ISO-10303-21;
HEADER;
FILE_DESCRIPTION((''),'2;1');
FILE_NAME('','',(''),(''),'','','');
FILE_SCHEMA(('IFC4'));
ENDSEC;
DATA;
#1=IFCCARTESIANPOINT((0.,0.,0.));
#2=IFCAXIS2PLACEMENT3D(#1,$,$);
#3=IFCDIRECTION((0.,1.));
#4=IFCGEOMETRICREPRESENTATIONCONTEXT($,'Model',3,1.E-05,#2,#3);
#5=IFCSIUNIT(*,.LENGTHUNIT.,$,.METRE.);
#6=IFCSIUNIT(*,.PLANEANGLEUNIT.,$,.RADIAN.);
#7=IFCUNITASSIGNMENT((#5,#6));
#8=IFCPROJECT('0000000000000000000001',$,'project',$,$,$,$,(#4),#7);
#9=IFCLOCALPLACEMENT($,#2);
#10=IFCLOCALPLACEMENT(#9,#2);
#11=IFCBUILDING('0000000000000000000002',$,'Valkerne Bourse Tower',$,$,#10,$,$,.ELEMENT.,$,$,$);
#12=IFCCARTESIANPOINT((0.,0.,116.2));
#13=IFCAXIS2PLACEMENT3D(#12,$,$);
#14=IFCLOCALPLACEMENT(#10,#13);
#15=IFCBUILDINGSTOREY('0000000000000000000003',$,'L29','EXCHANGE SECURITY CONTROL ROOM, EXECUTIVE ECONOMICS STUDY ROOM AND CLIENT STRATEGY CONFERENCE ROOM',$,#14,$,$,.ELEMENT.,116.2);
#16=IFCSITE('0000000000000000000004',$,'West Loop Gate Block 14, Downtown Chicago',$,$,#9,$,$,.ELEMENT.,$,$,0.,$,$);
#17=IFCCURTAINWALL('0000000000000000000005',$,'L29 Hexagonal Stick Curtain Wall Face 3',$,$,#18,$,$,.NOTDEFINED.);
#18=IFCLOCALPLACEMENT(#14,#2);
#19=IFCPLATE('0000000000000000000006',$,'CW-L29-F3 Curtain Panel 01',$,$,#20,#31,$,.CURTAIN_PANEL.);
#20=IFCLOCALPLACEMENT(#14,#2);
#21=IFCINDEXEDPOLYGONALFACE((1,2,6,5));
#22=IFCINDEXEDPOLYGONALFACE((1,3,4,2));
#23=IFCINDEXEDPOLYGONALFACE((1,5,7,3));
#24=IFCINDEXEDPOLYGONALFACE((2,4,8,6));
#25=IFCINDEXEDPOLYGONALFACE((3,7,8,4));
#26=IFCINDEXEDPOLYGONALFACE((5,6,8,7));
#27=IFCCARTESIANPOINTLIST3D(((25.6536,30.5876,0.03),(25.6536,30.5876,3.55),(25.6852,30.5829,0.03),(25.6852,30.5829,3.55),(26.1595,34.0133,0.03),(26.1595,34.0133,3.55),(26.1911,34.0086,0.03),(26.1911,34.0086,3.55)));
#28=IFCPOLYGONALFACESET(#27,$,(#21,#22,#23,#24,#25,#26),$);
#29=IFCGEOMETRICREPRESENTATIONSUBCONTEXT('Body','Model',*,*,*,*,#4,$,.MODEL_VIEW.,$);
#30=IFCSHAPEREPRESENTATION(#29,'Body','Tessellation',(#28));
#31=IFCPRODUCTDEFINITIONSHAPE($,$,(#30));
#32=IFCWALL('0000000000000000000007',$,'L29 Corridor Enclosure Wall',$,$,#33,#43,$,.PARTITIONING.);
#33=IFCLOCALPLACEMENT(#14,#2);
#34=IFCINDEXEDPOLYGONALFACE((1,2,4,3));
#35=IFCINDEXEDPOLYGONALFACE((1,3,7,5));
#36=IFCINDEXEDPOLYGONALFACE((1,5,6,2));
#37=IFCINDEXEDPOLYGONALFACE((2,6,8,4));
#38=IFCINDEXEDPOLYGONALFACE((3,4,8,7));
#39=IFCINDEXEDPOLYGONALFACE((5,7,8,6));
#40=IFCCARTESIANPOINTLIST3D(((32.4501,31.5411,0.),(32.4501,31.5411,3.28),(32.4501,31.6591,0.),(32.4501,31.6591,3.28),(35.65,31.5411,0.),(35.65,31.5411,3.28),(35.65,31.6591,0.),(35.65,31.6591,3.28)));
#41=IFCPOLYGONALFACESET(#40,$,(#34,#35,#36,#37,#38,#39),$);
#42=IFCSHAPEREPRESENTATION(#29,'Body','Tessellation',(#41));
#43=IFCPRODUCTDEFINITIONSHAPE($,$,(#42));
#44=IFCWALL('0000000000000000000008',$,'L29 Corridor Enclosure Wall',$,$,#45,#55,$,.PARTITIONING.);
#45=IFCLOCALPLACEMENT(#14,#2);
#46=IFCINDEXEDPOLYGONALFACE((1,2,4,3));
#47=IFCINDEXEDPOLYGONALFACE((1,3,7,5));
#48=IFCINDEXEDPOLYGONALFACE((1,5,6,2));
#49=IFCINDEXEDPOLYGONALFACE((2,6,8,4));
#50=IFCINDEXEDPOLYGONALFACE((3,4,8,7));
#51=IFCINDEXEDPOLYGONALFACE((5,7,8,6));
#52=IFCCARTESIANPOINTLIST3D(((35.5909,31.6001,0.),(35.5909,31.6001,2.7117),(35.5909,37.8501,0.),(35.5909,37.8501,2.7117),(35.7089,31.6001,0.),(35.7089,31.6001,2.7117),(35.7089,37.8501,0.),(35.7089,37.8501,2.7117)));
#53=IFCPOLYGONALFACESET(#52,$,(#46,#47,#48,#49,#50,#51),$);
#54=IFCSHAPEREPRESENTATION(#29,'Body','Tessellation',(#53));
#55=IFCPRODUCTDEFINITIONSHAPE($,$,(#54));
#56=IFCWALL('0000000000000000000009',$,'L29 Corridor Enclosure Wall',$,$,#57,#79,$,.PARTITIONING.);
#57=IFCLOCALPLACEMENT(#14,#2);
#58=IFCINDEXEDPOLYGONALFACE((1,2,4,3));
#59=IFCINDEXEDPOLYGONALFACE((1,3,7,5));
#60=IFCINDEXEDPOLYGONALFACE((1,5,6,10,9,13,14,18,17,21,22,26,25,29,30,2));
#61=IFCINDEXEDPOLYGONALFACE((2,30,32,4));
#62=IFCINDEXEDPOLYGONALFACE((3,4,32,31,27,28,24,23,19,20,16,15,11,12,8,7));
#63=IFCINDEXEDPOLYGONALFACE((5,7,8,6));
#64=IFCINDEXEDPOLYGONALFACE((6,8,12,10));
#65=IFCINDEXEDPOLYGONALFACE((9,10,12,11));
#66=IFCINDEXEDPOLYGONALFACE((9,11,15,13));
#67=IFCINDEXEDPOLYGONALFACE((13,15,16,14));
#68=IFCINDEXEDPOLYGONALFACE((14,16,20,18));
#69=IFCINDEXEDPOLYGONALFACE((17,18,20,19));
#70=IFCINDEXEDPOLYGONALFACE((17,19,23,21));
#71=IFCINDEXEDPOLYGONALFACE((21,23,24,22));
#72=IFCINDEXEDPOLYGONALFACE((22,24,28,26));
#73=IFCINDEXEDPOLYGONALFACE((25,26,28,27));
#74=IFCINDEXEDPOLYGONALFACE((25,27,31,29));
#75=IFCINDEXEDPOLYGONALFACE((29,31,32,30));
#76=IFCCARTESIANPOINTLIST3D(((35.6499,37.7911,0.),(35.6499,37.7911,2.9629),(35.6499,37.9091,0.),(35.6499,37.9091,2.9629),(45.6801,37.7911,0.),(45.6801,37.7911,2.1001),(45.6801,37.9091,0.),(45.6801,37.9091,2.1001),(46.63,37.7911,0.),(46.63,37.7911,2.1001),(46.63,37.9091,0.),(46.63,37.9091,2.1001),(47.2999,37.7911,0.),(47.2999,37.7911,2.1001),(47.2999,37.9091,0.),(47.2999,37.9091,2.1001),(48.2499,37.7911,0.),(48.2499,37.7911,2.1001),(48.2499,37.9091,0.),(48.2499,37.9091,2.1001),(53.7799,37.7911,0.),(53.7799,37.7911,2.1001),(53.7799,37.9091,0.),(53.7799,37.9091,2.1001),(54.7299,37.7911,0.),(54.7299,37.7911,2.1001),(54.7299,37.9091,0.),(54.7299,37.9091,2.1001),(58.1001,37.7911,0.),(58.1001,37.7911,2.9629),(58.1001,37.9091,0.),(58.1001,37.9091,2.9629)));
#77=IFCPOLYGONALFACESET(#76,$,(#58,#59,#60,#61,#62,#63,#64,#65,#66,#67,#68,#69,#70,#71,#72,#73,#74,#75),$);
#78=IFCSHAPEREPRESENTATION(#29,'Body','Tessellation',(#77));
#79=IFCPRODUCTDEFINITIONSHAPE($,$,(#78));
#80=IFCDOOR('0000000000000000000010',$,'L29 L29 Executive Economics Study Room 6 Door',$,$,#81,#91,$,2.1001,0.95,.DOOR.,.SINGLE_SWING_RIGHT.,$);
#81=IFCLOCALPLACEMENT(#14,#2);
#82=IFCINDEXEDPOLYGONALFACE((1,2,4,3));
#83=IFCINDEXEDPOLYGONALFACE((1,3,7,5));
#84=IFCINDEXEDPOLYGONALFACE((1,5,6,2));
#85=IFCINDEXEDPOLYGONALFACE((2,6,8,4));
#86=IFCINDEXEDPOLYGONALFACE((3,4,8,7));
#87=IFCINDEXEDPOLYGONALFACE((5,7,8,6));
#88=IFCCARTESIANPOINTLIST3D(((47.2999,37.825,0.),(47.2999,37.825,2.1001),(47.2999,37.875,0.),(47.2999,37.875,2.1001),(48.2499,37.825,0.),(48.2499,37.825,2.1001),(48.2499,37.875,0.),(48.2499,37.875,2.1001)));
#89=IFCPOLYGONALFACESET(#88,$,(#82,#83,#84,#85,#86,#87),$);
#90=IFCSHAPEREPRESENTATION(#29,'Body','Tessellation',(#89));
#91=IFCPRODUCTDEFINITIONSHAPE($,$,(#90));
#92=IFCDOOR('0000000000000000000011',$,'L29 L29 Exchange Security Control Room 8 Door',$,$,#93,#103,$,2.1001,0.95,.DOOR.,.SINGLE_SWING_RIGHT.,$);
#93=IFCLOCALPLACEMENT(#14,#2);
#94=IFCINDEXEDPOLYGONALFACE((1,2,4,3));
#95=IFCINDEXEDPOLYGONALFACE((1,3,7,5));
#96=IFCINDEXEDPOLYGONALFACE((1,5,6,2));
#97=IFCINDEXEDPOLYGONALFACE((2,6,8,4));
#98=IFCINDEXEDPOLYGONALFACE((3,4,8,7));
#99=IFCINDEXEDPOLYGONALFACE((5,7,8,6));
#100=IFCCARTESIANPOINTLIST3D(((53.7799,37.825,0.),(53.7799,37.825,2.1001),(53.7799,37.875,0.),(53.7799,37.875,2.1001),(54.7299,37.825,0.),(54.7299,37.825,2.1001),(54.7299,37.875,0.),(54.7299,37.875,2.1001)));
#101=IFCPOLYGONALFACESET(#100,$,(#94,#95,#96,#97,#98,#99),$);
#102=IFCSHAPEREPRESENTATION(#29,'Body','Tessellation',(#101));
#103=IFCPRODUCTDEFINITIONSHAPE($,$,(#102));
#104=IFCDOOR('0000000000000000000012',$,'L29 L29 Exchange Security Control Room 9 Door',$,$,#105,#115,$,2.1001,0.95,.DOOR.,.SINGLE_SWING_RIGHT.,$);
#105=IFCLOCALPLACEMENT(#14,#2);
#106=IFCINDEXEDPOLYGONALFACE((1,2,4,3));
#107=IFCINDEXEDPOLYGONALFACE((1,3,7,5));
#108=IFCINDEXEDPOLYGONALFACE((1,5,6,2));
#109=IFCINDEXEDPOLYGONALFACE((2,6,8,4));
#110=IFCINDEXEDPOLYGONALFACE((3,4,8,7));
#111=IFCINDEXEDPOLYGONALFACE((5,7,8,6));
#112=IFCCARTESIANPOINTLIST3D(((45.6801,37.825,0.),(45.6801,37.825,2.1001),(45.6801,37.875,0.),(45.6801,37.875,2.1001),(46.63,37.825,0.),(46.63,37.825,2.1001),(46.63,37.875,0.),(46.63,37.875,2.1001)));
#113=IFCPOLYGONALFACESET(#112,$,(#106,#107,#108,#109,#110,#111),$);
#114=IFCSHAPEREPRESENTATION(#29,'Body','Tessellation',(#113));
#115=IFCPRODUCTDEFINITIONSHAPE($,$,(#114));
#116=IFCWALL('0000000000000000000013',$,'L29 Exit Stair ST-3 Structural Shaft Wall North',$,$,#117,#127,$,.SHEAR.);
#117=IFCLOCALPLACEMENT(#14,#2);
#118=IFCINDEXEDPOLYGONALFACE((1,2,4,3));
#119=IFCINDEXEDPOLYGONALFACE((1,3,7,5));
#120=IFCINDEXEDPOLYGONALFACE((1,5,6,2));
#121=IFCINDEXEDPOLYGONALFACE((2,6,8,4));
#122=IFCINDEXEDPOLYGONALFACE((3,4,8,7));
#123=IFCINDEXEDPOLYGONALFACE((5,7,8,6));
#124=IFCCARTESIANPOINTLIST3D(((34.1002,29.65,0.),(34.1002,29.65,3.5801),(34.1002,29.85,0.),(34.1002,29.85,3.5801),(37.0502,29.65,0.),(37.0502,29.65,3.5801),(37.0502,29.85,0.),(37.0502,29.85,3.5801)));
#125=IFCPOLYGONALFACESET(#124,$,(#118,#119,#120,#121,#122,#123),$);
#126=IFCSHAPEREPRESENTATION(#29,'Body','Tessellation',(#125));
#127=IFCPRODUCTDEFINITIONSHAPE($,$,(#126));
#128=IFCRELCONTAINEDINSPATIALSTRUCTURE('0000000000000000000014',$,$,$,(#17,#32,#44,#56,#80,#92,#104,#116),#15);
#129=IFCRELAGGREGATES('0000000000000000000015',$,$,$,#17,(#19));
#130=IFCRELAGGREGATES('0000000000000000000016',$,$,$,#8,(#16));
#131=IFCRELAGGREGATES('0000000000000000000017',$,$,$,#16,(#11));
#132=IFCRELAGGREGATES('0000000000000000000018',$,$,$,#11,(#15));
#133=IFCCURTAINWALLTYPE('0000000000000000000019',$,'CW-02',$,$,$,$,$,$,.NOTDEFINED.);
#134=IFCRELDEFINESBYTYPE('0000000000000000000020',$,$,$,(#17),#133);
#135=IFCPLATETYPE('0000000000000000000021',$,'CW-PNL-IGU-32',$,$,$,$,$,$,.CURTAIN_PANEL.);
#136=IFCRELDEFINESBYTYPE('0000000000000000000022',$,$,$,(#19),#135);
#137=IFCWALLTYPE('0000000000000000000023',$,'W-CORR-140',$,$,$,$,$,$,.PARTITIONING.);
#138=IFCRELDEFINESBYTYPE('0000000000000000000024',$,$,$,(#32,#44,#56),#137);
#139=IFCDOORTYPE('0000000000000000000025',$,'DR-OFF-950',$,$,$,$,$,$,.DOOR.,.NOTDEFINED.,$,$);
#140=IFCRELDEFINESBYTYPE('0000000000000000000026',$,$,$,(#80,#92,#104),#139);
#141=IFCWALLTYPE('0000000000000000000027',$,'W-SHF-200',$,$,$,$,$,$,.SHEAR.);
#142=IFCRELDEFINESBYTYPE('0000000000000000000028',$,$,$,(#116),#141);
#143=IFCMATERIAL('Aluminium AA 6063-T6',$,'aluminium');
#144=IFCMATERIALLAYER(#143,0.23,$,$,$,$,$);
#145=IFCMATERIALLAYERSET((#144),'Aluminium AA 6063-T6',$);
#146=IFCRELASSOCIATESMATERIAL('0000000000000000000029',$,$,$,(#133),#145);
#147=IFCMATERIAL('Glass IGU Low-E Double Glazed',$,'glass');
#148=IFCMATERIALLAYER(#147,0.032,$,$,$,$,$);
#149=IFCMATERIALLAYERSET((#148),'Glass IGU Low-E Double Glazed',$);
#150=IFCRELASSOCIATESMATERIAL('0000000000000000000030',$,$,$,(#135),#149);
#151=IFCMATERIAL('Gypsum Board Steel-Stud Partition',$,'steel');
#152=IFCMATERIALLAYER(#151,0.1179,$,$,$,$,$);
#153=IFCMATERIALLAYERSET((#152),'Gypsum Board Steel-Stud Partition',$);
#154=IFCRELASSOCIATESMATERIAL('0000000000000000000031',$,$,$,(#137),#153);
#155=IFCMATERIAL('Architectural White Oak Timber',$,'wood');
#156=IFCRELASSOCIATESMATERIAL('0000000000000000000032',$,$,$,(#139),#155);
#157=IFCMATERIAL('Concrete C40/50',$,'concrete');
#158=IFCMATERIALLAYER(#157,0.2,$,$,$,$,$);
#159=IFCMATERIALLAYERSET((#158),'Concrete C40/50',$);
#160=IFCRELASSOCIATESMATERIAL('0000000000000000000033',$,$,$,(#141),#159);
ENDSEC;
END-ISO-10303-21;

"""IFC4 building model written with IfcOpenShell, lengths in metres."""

from ifc_helpers import new_model, si_unit, direction, frame, frame_2d, origin, origin_2d, place, context, subcontext, project, spatial, rectangle, extrude, material, layer, layer_set, type_object, element, fill, aggregate, save


model = new_model("IFC4")

# Units and contexts
model_context = context("Model", 3, precision=1e-05, world=origin(), true_north=direction((0.0, 1.0)))
body_context = subcontext(model_context, "Body", "Model", "MODEL_VIEW")
ifc_project = project(units=[si_unit("LENGTHUNIT", "METRE"), si_unit("PLANEANGLEUNIT", "RADIAN")], contexts=[model_context])

# Site, building, storey
site_placement = place(None, origin())
site = spatial("IfcSite", under=ifc_project, at=site_placement, Name="West Loop Gate Block 14, Downtown Chicago", CompositionType="ELEMENT", RefElevation=0.0)
building_placement = place(site_placement, origin())
building = spatial("IfcBuilding", under=site, at=building_placement, Name="Valkerne Bourse Tower", CompositionType="ELEMENT")
storey_placement = place(building_placement, frame((0.0, 0.0, 116.2)))
storey = spatial("IfcBuildingStorey", under=building, at=storey_placement, Name="L29", Description="EXCHANGE SECURITY CONTROL ROOM, EXECUTIVE ECONOMICS STUDY ROOM AND CLIENT STRATEGY CONFERENCE ROOM", CompositionType="ELEMENT", Elevation=116.2)

# Curtain wall
ifc_material_1 = material(Name="Aluminium AA 6063-T6", Category="aluminium")
ifc_layer_1 = layer(ifc_material_1, 0.23)
ifc_layer_set_1 = layer_set([ifc_layer_1], Name="Aluminium AA 6063-T6")
curtain_wall_type = type_object("IfcCurtainWallType", Name="CW-02", PredefinedType="NOTDEFINED", material=ifc_layer_set_1)
curtain_wall_placement = place(storey_placement, origin())
curtain_wall = element("IfcCurtainWall", 1, at=curtain_wall_placement, inside=storey, type_object=curtain_wall_type, Name="L29 Hexagonal Stick Curtain Wall Face 3", PredefinedType="NOTDEFINED")

# Plate
ifc_material_2 = material(Name="Glass IGU Low-E Double Glazed", Category="glass")
ifc_layer_2 = layer(ifc_material_2, 0.032)
ifc_layer_set_2 = layer_set([ifc_layer_2], Name="Glass IGU Low-E Double Glazed")
plate_type = type_object("IfcPlateType", Name="CW-PNL-IGU-32", PredefinedType="CURTAIN_PANEL", material=ifc_layer_set_2)
plate_1_placement = place(storey_placement, frame((25.9224, 32.2981, 0.03), z_axis=(0.0, 0.0, 1.0), x_axis=(-0.14609, -0.989271, 0.0)))
plate_1 = element("IfcPlate", 2, at=plate_1_placement, type_object=plate_type, Name="CW-L29-F3 Curtain Panel 01", PredefinedType="CURTAIN_PANEL", context=body_context, shape_type="SweptSolid", body=[
    extrude(rectangle(XDim=3.4629, YDim=0.032, at=origin_2d()), origin(), (0.0, 0.0, 1.0), 3.52),
])
aggregate(curtain_wall, [plate_1])

# Walls
ifc_material_3 = material(Name="Gypsum Board Steel-Stud Partition", Category="steel")
ifc_layer_3 = layer(ifc_material_3, 0.1179)
ifc_layer_set_3 = layer_set([ifc_layer_3], Name="Gypsum Board Steel-Stud Partition")
wall_type_1 = type_object("IfcWallType", Name="W-CORR-140", PredefinedType="PARTITIONING", material=ifc_layer_set_3)
wall_1_placement = place(storey_placement, frame((32.45, 31.6001, 0.0), z_axis=(0.0, 0.0, 1.0), x_axis=(1.0, 0.0, 0.0)))
element("IfcWall", 3, at=wall_1_placement, inside=storey, type_object=wall_type_1, Name="L29 Corridor Enclosure Wall", PredefinedType="PARTITIONING", context=body_context, shape_type="SweptSolid", body=[
    extrude(rectangle(XDim=3.2, YDim=0.1179, at=frame_2d((1.6001, 0.0))), origin(), (0.0, 0.0, 1.0), 3.28),
])
wall_2_placement = place(storey_placement, frame((35.6499, 31.6001, 0.0), z_axis=(0.0, 0.0, 1.0), x_axis=(0.0, 1.0, 0.0)))
element("IfcWall", 4, at=wall_2_placement, inside=storey, type_object=wall_type_1, Name="L29 Corridor Enclosure Wall", PredefinedType="PARTITIONING", context=body_context, shape_type="SweptSolid", body=[
    extrude(rectangle(XDim=6.25, YDim=0.1179, at=frame_2d((3.125, 0.0))), origin(), (0.0, 0.0, 1.0), 2.7117),
])

# Wall, openings, doors
wall_3_placement = place(storey_placement, frame((35.6499, 37.8501, 0.0), z_axis=(0.0, 0.0, 1.0), x_axis=(1.0, 0.0, 0.0)))
wall_3 = element("IfcWall", 5, at=wall_3_placement, inside=storey, type_object=wall_type_1, Name="L29 Corridor Enclosure Wall", PredefinedType="PARTITIONING", context=body_context, shape_type="SweptSolid", body=[
    extrude(rectangle(XDim=22.4502, YDim=0.1179, at=frame_2d((11.2251, 0.0))), origin(), (0.0, 0.0, 1.0), 2.9629),
])
opening_1_placement = place(wall_3_placement, frame((11.6499, 0.0, 0.0)))
opening_1 = element("IfcOpeningElement", 6, at=opening_1_placement, cuts=wall_3, PredefinedType="OPENING", context=body_context, shape_type="SweptSolid", body=[
    extrude(rectangle(XDim=0.95, YDim=2.1001, at=frame_2d((0.4751, 1.05))), frame((0.0, 0.0688, 0.0), z_axis=(0.0, -1.0, 0.0), x_axis=(1.0, 0.0, 0.0)), (0.0, 0.0, 1.0), 0.1379),
])
opening_2_placement = place(wall_3_placement, frame((18.1299, 0.0, 0.0)))
opening_2 = element("IfcOpeningElement", 7, at=opening_2_placement, cuts=wall_3, PredefinedType="OPENING", context=body_context, shape_type="SweptSolid", body=[
    extrude(rectangle(XDim=0.95, YDim=2.1001, at=frame_2d((0.4751, 1.05))), frame((0.0, 0.0688, 0.0), z_axis=(0.0, -1.0, 0.0), x_axis=(1.0, 0.0, 0.0)), (0.0, 0.0, 1.0), 0.1379),
])
opening_3_placement = place(wall_3_placement, frame((10.03, 0.0, 0.0)))
opening_3 = element("IfcOpeningElement", 8, at=opening_3_placement, cuts=wall_3, PredefinedType="OPENING", context=body_context, shape_type="SweptSolid", body=[
    extrude(rectangle(XDim=0.95, YDim=2.1001, at=frame_2d((0.4751, 1.05))), frame((0.0, 0.0688, 0.0), z_axis=(0.0, -1.0, 0.0), x_axis=(1.0, 0.0, 0.0)), (0.0, 0.0, 1.0), 0.1379),
])
ifc_material_4 = material(Name="Architectural White Oak Timber", Category="wood")
door_type_1 = type_object("IfcDoorType", Name="DR-OFF-950", OperationType="NOTDEFINED", PredefinedType="DOOR", material=ifc_material_4)
door_1_placement = place(opening_1_placement, origin())
door_1 = element("IfcDoor", 9, at=door_1_placement, inside=storey, type_object=door_type_1, Name="L29 L29 Executive Economics Study Room 6 Door", OperationType="SINGLE_SWING_RIGHT", OverallHeight=2.1001, OverallWidth=0.95, PredefinedType="DOOR", context=body_context, shape_type="SweptSolid", body=[
    extrude(rectangle(XDim=0.95, YDim=2.1001, at=frame_2d((0.4751, 1.05))), frame((0.0, 0.0249, 0.0), z_axis=(0.0, -1.0, 0.0), x_axis=(1.0, 0.0, 0.0)), (0.0, 0.0, 1.0), 0.05),
])
fill(opening_1, door_1)
door_2_placement = place(opening_2_placement, origin())
door_2 = element("IfcDoor", 10, at=door_2_placement, inside=storey, type_object=door_type_1, Name="L29 L29 Exchange Security Control Room 8 Door", OperationType="SINGLE_SWING_RIGHT", OverallHeight=2.1001, OverallWidth=0.95, PredefinedType="DOOR", context=body_context, shape_type="SweptSolid", body=[
    extrude(rectangle(XDim=0.95, YDim=2.1001, at=frame_2d((0.4751, 1.05))), frame((0.0, 0.0249, 0.0), z_axis=(0.0, -1.0, 0.0), x_axis=(1.0, 0.0, 0.0)), (0.0, 0.0, 1.0), 0.05),
])
fill(opening_2, door_2)
door_3_placement = place(opening_3_placement, origin())
door_3 = element("IfcDoor", 11, at=door_3_placement, inside=storey, type_object=door_type_1, Name="L29 L29 Exchange Security Control Room 9 Door", OperationType="SINGLE_SWING_RIGHT", OverallHeight=2.1001, OverallWidth=0.95, PredefinedType="DOOR", context=body_context, shape_type="SweptSolid", body=[
    extrude(rectangle(XDim=0.95, YDim=2.1001, at=frame_2d((0.4751, 1.05))), frame((0.0, 0.0249, 0.0), z_axis=(0.0, -1.0, 0.0), x_axis=(1.0, 0.0, 0.0)), (0.0, 0.0, 1.0), 0.05),
])
fill(opening_3, door_3)

# Wall
ifc_material_5 = material(Name="Concrete C40/50", Category="concrete")
ifc_layer_4 = layer(ifc_material_5, 0.2)
ifc_layer_set_4 = layer_set([ifc_layer_4], Name="Concrete C40/50")
wall_type_2 = type_object("IfcWallType", Name="W-SHF-200", PredefinedType="SHEAR", material=ifc_layer_set_4)
wall_4_placement = place(storey_placement, frame((34.1001, 29.75, 0.0), z_axis=(0.0, 0.0, 1.0), x_axis=(1.0, 0.0, 0.0)))
element("IfcWall", 12, at=wall_4_placement, inside=storey, type_object=wall_type_2, Name="L29 Exit Stair ST-3 Structural Shaft Wall North", PredefinedType="SHEAR", context=body_context, shape_type="SweptSolid", body=[
    extrude(rectangle(XDim=2.95, YDim=0.2, at=frame_2d((1.4751, 0.0))), origin(), (0.0, 0.0, 1.0), 3.5801),
])

save(model, "model.ifc")
